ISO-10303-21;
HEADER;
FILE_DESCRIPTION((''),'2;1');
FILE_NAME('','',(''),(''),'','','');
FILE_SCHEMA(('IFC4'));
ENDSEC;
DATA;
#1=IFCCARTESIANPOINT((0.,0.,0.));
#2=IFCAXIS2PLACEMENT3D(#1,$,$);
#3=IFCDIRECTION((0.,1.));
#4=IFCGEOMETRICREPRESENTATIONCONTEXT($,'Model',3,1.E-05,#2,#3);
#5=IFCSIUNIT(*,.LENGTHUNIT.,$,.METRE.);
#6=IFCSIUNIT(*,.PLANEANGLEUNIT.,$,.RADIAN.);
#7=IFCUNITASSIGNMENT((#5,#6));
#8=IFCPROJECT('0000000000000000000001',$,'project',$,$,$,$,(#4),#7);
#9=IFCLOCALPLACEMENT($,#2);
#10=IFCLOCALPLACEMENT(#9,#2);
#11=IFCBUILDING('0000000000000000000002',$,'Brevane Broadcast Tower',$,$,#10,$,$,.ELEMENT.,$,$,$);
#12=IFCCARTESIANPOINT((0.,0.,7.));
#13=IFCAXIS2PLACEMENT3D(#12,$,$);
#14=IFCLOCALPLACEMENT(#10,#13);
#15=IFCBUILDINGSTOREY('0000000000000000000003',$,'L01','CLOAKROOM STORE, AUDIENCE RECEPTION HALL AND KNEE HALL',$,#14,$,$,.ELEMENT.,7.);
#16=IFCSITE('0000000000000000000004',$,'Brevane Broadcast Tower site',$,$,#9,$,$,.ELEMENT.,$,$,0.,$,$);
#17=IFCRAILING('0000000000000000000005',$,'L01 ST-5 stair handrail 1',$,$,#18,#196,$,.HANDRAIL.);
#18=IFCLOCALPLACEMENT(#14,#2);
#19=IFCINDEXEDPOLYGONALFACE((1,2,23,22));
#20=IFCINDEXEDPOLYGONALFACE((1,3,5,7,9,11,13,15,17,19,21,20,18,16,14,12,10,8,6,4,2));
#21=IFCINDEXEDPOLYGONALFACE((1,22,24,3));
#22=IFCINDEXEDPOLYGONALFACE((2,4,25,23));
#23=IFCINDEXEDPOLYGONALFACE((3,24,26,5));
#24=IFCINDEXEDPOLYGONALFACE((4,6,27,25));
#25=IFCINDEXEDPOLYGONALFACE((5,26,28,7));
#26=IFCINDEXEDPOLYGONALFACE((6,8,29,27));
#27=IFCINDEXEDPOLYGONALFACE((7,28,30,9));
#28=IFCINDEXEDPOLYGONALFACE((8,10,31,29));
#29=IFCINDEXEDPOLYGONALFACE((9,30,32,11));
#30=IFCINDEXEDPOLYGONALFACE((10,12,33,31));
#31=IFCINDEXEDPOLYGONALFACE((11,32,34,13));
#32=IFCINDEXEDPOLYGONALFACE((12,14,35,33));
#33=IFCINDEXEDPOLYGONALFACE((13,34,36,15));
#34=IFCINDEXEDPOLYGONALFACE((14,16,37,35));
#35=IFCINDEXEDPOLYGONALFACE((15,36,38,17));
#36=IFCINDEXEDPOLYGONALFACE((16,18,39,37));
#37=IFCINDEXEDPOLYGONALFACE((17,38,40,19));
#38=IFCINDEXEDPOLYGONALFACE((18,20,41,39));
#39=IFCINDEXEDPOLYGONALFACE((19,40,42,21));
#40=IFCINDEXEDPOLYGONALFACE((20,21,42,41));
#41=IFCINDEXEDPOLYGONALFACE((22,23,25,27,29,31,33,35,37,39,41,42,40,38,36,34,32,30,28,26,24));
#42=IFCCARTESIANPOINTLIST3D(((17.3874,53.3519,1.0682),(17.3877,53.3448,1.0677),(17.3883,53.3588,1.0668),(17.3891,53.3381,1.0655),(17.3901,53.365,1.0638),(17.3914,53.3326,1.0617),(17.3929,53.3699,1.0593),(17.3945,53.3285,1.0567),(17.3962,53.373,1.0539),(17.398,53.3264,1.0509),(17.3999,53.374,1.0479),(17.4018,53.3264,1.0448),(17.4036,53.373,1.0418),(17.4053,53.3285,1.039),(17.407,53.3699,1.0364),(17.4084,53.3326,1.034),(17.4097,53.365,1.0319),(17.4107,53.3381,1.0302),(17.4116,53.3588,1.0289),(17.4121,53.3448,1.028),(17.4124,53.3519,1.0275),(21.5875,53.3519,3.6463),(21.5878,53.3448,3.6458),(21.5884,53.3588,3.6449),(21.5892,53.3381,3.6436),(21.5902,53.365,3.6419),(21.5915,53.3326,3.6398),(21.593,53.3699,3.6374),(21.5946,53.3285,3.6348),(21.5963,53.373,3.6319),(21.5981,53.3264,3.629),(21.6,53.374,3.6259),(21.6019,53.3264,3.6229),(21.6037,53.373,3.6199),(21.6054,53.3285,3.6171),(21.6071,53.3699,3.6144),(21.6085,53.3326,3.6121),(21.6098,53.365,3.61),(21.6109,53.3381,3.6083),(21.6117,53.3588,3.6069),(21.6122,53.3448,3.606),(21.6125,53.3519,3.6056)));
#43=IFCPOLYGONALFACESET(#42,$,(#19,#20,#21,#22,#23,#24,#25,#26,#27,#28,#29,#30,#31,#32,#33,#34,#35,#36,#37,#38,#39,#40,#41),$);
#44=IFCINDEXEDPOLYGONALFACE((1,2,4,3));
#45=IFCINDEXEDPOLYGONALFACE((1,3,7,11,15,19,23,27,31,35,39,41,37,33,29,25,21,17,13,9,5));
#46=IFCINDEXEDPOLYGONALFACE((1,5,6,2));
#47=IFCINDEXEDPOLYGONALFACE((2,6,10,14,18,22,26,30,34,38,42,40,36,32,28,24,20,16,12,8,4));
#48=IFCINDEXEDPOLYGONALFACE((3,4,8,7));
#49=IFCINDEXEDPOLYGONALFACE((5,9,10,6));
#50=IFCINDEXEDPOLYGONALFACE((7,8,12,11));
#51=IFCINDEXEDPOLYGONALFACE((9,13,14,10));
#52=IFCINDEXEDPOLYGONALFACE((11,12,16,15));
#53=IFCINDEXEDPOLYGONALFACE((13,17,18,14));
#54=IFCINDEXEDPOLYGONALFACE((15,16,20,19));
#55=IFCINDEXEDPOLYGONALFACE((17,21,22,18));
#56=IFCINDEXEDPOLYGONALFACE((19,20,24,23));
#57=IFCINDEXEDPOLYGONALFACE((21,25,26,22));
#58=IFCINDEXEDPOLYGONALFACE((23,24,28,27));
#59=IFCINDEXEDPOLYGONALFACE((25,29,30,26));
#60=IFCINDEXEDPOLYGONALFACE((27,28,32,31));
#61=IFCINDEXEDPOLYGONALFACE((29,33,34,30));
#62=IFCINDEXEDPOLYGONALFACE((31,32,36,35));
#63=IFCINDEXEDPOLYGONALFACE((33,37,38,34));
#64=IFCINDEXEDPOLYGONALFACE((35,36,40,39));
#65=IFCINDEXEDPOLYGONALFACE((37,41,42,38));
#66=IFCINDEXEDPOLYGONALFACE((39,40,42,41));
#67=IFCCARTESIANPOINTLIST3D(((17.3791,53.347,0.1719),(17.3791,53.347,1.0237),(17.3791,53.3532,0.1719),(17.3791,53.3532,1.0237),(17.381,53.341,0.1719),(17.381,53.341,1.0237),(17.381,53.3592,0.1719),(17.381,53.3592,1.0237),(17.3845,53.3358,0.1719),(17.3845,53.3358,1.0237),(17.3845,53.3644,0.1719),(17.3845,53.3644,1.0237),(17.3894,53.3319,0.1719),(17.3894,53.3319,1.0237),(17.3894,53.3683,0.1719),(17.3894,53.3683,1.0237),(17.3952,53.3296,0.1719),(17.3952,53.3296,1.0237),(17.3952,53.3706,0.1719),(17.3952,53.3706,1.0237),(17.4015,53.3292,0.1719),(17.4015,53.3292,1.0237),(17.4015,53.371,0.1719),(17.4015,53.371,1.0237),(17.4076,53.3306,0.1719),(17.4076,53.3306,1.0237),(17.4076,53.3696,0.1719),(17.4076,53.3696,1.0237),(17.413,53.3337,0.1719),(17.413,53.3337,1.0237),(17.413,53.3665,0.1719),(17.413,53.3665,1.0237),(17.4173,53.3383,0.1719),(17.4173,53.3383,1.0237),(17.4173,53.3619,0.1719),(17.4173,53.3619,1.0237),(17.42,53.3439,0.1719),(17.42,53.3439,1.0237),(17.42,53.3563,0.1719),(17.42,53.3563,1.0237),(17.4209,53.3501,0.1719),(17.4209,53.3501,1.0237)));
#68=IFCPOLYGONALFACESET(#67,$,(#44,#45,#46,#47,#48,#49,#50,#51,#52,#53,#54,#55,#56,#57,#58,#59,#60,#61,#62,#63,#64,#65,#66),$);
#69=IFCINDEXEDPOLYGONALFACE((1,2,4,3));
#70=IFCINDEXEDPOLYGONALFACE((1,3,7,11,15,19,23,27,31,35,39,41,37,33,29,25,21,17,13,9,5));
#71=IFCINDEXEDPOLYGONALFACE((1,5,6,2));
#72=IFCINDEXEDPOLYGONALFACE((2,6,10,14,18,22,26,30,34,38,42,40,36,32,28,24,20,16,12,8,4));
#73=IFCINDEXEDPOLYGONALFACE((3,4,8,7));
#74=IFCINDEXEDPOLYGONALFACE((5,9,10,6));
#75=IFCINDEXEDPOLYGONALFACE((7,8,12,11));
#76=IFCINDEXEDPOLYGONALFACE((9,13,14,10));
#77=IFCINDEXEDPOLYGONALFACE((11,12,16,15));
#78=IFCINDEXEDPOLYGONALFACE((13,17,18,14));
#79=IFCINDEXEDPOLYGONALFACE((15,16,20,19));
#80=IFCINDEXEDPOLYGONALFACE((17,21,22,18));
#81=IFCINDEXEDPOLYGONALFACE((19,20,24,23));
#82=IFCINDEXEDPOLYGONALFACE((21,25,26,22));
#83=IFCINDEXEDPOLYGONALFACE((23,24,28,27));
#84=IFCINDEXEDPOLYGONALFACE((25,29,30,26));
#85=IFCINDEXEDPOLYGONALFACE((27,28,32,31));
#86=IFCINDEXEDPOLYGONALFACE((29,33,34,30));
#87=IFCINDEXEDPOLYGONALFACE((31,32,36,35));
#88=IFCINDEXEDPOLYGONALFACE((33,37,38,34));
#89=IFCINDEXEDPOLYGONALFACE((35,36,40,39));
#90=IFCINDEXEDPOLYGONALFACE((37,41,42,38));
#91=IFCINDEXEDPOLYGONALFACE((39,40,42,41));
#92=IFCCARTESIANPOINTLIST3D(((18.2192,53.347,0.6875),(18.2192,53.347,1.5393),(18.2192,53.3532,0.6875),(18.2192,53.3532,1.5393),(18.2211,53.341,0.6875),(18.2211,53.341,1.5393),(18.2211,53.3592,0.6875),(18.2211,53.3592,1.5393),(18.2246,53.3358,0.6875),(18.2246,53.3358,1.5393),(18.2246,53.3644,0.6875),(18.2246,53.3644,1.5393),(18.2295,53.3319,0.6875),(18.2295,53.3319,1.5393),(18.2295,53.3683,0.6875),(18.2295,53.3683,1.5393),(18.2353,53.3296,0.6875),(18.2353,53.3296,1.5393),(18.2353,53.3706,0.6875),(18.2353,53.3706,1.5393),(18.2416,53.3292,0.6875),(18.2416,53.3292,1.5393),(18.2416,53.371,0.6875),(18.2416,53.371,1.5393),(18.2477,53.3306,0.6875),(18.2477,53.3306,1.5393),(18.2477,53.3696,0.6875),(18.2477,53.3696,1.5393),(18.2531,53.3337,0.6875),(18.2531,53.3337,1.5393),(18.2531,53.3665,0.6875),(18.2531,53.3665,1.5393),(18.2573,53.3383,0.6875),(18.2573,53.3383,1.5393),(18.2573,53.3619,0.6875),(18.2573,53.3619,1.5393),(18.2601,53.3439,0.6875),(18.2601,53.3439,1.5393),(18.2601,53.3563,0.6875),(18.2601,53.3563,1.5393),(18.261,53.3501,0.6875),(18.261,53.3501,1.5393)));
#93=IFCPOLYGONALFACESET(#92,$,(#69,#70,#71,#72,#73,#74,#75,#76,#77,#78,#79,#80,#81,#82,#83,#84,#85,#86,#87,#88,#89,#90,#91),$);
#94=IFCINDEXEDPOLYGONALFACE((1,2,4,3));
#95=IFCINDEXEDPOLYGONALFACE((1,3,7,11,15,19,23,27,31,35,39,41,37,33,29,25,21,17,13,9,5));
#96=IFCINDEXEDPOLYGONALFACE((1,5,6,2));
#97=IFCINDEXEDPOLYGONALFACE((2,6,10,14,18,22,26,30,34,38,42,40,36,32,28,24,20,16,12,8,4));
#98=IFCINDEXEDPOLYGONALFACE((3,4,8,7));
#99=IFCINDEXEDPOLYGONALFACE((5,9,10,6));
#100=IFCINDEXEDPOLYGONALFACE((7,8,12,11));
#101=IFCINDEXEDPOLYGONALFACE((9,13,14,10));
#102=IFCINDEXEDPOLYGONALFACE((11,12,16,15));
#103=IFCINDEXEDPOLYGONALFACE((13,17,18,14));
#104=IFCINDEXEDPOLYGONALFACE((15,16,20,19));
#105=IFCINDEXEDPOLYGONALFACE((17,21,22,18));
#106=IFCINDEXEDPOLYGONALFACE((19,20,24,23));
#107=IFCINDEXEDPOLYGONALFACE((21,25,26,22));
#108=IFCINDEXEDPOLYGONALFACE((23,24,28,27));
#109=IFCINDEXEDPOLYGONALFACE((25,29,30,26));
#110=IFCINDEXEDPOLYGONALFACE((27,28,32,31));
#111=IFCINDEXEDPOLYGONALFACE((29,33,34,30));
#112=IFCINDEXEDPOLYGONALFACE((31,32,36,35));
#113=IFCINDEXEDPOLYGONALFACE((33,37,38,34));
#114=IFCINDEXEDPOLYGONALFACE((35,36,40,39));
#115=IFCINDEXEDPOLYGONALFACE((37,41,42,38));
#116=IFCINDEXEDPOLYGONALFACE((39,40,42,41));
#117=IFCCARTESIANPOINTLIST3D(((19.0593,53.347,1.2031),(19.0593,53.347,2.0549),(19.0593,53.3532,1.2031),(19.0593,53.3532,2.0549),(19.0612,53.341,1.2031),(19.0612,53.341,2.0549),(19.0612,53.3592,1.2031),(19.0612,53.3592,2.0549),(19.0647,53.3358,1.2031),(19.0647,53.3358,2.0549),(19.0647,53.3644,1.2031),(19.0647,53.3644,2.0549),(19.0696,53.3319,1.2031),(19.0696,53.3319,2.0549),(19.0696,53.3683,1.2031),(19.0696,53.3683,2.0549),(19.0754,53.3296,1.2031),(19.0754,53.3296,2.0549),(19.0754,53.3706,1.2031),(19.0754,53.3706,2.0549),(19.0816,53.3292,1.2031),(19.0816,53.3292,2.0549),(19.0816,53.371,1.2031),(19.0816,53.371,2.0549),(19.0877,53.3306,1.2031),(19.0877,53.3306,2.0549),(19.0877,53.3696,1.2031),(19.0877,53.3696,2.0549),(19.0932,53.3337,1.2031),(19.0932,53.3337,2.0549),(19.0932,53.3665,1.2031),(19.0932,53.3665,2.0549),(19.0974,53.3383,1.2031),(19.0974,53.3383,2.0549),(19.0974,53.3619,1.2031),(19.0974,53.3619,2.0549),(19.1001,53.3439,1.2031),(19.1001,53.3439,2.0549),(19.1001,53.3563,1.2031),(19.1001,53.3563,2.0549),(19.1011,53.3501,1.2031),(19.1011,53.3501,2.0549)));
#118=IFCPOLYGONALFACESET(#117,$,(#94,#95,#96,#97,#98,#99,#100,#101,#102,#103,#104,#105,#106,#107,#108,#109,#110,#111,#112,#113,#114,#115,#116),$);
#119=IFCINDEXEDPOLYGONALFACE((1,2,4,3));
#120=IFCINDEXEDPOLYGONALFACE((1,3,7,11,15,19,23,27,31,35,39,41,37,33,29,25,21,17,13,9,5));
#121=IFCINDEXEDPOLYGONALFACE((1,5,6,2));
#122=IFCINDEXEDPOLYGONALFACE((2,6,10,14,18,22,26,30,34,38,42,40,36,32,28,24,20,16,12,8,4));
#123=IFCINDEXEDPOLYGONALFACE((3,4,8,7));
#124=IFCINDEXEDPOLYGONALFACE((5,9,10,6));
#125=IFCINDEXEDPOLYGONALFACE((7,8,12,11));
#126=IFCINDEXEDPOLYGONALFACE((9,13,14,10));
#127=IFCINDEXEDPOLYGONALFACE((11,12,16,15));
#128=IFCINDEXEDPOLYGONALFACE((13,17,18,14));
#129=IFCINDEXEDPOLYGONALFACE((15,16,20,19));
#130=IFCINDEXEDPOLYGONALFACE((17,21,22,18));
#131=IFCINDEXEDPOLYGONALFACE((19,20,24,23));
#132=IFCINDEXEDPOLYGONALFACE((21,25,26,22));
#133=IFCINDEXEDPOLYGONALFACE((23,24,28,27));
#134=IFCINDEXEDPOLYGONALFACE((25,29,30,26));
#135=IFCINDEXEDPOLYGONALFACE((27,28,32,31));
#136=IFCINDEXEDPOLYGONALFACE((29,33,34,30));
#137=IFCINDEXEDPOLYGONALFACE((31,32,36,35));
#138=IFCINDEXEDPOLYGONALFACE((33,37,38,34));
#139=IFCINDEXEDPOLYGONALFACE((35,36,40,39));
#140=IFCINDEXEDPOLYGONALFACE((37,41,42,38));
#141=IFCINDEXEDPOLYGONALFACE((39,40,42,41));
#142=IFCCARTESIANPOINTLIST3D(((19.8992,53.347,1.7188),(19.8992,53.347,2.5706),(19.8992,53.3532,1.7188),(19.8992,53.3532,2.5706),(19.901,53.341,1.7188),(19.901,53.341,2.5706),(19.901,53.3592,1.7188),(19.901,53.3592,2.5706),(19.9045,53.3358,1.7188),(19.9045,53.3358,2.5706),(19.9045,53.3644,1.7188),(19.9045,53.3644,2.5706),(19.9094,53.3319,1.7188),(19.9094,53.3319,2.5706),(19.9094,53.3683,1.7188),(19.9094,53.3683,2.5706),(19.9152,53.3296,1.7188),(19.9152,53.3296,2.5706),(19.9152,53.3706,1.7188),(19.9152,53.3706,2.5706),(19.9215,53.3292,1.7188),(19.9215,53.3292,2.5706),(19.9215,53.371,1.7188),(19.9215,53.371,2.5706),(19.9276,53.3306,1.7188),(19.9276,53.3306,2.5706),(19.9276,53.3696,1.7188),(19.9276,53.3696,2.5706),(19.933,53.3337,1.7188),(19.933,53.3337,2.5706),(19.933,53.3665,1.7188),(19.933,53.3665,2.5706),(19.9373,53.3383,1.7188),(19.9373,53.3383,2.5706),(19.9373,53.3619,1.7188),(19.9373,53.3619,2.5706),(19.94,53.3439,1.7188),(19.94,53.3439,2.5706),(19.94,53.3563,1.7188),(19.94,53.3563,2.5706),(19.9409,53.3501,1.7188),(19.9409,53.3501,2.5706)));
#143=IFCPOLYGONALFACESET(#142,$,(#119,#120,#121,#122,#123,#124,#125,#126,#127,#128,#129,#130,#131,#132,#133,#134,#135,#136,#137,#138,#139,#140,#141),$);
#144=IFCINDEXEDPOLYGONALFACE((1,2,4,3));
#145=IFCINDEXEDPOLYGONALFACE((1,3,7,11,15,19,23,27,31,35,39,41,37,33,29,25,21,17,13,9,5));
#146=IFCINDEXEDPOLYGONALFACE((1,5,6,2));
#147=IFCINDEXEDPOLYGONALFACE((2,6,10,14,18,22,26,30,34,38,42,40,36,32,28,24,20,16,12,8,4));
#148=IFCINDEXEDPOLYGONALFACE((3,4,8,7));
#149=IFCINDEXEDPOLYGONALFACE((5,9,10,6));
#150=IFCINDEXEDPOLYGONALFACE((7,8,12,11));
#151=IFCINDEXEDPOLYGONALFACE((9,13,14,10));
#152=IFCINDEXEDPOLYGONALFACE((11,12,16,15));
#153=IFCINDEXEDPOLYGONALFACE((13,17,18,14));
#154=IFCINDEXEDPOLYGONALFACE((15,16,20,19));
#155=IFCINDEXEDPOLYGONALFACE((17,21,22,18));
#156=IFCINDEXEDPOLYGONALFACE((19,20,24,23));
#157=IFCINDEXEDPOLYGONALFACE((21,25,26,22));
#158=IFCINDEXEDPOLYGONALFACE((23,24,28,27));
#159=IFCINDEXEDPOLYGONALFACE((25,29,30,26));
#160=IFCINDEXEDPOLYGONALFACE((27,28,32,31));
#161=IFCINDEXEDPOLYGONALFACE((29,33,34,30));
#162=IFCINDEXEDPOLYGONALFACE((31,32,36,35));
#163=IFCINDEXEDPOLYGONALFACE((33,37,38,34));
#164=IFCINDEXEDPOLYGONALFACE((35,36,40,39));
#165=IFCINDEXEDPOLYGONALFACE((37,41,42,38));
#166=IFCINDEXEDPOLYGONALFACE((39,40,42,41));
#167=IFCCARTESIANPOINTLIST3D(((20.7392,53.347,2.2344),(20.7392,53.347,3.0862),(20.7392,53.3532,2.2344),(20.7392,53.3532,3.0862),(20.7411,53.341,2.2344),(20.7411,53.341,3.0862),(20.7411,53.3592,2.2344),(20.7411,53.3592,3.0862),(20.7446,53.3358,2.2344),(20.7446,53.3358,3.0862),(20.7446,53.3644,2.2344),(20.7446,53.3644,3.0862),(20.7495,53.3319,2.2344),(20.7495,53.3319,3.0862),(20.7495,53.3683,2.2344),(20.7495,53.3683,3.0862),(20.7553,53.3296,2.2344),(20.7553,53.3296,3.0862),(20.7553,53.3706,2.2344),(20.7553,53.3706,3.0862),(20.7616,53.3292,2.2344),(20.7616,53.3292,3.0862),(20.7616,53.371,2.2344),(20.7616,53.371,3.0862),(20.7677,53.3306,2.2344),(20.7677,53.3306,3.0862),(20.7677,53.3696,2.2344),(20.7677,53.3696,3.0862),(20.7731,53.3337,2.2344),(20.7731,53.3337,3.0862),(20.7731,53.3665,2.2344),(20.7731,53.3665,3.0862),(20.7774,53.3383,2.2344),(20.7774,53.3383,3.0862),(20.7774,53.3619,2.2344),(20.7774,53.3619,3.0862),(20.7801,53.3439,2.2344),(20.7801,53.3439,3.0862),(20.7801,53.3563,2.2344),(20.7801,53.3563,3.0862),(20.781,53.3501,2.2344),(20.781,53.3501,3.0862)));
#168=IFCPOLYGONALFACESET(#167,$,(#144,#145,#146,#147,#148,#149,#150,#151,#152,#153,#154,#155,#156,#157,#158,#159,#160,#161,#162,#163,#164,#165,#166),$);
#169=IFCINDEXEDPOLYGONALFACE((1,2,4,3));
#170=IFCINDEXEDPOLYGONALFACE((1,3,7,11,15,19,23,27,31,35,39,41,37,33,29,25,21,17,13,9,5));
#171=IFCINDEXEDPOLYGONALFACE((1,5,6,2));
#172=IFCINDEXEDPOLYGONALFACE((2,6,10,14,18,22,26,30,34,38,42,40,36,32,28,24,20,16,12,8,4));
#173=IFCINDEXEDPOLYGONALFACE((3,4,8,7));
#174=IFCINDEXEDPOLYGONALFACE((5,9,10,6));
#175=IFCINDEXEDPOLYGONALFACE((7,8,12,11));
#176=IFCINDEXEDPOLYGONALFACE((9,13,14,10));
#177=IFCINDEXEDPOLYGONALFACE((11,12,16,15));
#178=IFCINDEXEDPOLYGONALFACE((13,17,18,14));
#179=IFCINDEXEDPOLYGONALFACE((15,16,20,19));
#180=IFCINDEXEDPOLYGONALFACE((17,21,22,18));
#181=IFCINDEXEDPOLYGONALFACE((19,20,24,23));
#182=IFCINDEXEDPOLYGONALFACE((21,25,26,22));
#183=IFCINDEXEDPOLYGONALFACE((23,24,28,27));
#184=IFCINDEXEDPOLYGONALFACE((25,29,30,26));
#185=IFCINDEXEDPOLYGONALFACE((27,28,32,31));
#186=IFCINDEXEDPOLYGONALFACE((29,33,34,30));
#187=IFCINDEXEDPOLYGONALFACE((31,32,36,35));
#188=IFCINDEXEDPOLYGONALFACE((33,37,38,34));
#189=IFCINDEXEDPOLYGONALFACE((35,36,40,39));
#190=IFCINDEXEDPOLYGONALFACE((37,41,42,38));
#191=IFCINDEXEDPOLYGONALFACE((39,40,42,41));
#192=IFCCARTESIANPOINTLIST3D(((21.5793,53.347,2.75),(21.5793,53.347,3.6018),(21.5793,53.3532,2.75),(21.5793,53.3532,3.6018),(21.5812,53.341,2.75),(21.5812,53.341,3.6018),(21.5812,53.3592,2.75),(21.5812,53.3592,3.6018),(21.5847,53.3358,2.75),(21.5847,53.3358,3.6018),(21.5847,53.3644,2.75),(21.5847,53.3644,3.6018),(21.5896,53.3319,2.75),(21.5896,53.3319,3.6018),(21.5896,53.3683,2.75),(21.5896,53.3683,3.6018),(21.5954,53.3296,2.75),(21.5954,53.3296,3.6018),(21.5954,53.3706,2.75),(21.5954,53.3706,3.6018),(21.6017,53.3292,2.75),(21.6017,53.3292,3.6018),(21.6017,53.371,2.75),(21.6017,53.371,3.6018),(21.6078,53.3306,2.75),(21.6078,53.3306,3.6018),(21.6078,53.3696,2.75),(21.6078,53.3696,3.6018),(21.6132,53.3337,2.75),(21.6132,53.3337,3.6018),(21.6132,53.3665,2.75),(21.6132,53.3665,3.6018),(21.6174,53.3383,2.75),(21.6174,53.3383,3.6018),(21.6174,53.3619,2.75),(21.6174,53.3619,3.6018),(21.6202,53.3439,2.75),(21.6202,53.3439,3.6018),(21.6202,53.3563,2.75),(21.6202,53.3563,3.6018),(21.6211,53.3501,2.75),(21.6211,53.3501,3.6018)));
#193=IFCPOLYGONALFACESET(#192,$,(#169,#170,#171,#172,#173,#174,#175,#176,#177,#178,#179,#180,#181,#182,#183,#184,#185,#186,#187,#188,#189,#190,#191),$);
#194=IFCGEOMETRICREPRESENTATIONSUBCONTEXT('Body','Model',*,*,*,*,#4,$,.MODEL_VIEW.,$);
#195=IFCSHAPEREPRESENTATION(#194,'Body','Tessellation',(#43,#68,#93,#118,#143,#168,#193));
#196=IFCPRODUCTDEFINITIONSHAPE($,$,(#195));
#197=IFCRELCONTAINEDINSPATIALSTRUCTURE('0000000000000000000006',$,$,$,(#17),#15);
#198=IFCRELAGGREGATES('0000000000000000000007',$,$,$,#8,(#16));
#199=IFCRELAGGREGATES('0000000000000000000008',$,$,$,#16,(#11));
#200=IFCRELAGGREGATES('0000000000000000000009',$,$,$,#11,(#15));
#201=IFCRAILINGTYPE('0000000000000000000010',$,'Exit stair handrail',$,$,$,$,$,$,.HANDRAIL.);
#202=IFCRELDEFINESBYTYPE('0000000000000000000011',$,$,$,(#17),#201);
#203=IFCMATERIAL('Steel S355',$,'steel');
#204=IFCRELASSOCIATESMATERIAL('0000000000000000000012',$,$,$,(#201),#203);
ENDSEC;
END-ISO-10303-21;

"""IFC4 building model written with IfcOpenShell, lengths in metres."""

from ifc_helpers import new_model, si_unit, direction, frame, origin, origin_2d, place, context, subcontext, project, spatial, circle, extrude, material, type_object, element, save


model = new_model("IFC4")

# Units and contexts
model_context = context("Model", 3, precision=1e-05, world=origin(), true_north=direction((0.0, 1.0)))
body_context = subcontext(model_context, "Body", "Model", "MODEL_VIEW")
ifc_project = project(units=[si_unit("LENGTHUNIT", "METRE"), si_unit("PLANEANGLEUNIT", "RADIAN")], contexts=[model_context])

# Site, building, storey
site_placement = place(None, origin())
site = spatial("IfcSite", under=ifc_project, at=site_placement, Name="Brevane Broadcast Tower site", CompositionType="ELEMENT", RefElevation=0.0)
building_placement = place(site_placement, origin())
building = spatial("IfcBuilding", under=site, at=building_placement, Name="Brevane Broadcast Tower", CompositionType="ELEMENT")
storey_placement = place(building_placement, frame((0.0, 0.0, 7.0)))
storey = spatial("IfcBuildingStorey", under=building, at=storey_placement, Name="L01", Description="CLOAKROOM STORE, AUDIENCE RECEPTION HALL AND KNEE HALL", CompositionType="ELEMENT", Elevation=7.0)

# Railing
ifc_material_1 = material(Name="Steel S355", Category="steel")
railing_type_1 = type_object("IfcRailingType", Name="Exit stair handrail", PredefinedType="HANDRAIL", material=ifc_material_1)
railing_1_placement = place(storey_placement, frame((17.3999, 53.3501, 0.1719)))
element("IfcRailing", 1, at=railing_1_placement, inside=storey, type_object=railing_type_1, Name="L01 ST-5 stair handrail 1", PredefinedType="HANDRAIL", context=body_context, shape_type="SweptSolid", body=[
    extrude(circle(Radius=0.0239, at=origin_2d()), frame((0.0, 0.0, 0.876), z_axis=(0.852256, 0.0, 0.523124), x_axis=(0.0, 1.0, 0.0)), (0.0, 0.0, 1.0), 4.9282),
    extrude(circle(Radius=0.021, at=origin_2d()), origin(), (0.0, 0.0, 1.0), 0.8518),
    extrude(circle(Radius=0.021, at=origin_2d()), frame((0.8401, 0.0, 0.5156)), (0.0, 0.0, 1.0), 0.8518),
    extrude(circle(Radius=0.021, at=origin_2d()), frame((1.6802, 0.0, 1.0312)), (0.0, 0.0, 1.0), 0.8518),
    extrude(circle(Radius=0.021, at=origin_2d()), frame((2.52, 0.0, 1.5469)), (0.0, 0.0, 1.0), 0.8518),
    extrude(circle(Radius=0.021, at=origin_2d()), frame((3.3601, 0.0, 2.0625)), (0.0, 0.0, 1.0), 0.8518),
    extrude(circle(Radius=0.021, at=origin_2d()), frame((4.2002, 0.0, 2.5781)), (0.0, 0.0, 1.0), 0.8518),
])

save(model, "model.ifc")
